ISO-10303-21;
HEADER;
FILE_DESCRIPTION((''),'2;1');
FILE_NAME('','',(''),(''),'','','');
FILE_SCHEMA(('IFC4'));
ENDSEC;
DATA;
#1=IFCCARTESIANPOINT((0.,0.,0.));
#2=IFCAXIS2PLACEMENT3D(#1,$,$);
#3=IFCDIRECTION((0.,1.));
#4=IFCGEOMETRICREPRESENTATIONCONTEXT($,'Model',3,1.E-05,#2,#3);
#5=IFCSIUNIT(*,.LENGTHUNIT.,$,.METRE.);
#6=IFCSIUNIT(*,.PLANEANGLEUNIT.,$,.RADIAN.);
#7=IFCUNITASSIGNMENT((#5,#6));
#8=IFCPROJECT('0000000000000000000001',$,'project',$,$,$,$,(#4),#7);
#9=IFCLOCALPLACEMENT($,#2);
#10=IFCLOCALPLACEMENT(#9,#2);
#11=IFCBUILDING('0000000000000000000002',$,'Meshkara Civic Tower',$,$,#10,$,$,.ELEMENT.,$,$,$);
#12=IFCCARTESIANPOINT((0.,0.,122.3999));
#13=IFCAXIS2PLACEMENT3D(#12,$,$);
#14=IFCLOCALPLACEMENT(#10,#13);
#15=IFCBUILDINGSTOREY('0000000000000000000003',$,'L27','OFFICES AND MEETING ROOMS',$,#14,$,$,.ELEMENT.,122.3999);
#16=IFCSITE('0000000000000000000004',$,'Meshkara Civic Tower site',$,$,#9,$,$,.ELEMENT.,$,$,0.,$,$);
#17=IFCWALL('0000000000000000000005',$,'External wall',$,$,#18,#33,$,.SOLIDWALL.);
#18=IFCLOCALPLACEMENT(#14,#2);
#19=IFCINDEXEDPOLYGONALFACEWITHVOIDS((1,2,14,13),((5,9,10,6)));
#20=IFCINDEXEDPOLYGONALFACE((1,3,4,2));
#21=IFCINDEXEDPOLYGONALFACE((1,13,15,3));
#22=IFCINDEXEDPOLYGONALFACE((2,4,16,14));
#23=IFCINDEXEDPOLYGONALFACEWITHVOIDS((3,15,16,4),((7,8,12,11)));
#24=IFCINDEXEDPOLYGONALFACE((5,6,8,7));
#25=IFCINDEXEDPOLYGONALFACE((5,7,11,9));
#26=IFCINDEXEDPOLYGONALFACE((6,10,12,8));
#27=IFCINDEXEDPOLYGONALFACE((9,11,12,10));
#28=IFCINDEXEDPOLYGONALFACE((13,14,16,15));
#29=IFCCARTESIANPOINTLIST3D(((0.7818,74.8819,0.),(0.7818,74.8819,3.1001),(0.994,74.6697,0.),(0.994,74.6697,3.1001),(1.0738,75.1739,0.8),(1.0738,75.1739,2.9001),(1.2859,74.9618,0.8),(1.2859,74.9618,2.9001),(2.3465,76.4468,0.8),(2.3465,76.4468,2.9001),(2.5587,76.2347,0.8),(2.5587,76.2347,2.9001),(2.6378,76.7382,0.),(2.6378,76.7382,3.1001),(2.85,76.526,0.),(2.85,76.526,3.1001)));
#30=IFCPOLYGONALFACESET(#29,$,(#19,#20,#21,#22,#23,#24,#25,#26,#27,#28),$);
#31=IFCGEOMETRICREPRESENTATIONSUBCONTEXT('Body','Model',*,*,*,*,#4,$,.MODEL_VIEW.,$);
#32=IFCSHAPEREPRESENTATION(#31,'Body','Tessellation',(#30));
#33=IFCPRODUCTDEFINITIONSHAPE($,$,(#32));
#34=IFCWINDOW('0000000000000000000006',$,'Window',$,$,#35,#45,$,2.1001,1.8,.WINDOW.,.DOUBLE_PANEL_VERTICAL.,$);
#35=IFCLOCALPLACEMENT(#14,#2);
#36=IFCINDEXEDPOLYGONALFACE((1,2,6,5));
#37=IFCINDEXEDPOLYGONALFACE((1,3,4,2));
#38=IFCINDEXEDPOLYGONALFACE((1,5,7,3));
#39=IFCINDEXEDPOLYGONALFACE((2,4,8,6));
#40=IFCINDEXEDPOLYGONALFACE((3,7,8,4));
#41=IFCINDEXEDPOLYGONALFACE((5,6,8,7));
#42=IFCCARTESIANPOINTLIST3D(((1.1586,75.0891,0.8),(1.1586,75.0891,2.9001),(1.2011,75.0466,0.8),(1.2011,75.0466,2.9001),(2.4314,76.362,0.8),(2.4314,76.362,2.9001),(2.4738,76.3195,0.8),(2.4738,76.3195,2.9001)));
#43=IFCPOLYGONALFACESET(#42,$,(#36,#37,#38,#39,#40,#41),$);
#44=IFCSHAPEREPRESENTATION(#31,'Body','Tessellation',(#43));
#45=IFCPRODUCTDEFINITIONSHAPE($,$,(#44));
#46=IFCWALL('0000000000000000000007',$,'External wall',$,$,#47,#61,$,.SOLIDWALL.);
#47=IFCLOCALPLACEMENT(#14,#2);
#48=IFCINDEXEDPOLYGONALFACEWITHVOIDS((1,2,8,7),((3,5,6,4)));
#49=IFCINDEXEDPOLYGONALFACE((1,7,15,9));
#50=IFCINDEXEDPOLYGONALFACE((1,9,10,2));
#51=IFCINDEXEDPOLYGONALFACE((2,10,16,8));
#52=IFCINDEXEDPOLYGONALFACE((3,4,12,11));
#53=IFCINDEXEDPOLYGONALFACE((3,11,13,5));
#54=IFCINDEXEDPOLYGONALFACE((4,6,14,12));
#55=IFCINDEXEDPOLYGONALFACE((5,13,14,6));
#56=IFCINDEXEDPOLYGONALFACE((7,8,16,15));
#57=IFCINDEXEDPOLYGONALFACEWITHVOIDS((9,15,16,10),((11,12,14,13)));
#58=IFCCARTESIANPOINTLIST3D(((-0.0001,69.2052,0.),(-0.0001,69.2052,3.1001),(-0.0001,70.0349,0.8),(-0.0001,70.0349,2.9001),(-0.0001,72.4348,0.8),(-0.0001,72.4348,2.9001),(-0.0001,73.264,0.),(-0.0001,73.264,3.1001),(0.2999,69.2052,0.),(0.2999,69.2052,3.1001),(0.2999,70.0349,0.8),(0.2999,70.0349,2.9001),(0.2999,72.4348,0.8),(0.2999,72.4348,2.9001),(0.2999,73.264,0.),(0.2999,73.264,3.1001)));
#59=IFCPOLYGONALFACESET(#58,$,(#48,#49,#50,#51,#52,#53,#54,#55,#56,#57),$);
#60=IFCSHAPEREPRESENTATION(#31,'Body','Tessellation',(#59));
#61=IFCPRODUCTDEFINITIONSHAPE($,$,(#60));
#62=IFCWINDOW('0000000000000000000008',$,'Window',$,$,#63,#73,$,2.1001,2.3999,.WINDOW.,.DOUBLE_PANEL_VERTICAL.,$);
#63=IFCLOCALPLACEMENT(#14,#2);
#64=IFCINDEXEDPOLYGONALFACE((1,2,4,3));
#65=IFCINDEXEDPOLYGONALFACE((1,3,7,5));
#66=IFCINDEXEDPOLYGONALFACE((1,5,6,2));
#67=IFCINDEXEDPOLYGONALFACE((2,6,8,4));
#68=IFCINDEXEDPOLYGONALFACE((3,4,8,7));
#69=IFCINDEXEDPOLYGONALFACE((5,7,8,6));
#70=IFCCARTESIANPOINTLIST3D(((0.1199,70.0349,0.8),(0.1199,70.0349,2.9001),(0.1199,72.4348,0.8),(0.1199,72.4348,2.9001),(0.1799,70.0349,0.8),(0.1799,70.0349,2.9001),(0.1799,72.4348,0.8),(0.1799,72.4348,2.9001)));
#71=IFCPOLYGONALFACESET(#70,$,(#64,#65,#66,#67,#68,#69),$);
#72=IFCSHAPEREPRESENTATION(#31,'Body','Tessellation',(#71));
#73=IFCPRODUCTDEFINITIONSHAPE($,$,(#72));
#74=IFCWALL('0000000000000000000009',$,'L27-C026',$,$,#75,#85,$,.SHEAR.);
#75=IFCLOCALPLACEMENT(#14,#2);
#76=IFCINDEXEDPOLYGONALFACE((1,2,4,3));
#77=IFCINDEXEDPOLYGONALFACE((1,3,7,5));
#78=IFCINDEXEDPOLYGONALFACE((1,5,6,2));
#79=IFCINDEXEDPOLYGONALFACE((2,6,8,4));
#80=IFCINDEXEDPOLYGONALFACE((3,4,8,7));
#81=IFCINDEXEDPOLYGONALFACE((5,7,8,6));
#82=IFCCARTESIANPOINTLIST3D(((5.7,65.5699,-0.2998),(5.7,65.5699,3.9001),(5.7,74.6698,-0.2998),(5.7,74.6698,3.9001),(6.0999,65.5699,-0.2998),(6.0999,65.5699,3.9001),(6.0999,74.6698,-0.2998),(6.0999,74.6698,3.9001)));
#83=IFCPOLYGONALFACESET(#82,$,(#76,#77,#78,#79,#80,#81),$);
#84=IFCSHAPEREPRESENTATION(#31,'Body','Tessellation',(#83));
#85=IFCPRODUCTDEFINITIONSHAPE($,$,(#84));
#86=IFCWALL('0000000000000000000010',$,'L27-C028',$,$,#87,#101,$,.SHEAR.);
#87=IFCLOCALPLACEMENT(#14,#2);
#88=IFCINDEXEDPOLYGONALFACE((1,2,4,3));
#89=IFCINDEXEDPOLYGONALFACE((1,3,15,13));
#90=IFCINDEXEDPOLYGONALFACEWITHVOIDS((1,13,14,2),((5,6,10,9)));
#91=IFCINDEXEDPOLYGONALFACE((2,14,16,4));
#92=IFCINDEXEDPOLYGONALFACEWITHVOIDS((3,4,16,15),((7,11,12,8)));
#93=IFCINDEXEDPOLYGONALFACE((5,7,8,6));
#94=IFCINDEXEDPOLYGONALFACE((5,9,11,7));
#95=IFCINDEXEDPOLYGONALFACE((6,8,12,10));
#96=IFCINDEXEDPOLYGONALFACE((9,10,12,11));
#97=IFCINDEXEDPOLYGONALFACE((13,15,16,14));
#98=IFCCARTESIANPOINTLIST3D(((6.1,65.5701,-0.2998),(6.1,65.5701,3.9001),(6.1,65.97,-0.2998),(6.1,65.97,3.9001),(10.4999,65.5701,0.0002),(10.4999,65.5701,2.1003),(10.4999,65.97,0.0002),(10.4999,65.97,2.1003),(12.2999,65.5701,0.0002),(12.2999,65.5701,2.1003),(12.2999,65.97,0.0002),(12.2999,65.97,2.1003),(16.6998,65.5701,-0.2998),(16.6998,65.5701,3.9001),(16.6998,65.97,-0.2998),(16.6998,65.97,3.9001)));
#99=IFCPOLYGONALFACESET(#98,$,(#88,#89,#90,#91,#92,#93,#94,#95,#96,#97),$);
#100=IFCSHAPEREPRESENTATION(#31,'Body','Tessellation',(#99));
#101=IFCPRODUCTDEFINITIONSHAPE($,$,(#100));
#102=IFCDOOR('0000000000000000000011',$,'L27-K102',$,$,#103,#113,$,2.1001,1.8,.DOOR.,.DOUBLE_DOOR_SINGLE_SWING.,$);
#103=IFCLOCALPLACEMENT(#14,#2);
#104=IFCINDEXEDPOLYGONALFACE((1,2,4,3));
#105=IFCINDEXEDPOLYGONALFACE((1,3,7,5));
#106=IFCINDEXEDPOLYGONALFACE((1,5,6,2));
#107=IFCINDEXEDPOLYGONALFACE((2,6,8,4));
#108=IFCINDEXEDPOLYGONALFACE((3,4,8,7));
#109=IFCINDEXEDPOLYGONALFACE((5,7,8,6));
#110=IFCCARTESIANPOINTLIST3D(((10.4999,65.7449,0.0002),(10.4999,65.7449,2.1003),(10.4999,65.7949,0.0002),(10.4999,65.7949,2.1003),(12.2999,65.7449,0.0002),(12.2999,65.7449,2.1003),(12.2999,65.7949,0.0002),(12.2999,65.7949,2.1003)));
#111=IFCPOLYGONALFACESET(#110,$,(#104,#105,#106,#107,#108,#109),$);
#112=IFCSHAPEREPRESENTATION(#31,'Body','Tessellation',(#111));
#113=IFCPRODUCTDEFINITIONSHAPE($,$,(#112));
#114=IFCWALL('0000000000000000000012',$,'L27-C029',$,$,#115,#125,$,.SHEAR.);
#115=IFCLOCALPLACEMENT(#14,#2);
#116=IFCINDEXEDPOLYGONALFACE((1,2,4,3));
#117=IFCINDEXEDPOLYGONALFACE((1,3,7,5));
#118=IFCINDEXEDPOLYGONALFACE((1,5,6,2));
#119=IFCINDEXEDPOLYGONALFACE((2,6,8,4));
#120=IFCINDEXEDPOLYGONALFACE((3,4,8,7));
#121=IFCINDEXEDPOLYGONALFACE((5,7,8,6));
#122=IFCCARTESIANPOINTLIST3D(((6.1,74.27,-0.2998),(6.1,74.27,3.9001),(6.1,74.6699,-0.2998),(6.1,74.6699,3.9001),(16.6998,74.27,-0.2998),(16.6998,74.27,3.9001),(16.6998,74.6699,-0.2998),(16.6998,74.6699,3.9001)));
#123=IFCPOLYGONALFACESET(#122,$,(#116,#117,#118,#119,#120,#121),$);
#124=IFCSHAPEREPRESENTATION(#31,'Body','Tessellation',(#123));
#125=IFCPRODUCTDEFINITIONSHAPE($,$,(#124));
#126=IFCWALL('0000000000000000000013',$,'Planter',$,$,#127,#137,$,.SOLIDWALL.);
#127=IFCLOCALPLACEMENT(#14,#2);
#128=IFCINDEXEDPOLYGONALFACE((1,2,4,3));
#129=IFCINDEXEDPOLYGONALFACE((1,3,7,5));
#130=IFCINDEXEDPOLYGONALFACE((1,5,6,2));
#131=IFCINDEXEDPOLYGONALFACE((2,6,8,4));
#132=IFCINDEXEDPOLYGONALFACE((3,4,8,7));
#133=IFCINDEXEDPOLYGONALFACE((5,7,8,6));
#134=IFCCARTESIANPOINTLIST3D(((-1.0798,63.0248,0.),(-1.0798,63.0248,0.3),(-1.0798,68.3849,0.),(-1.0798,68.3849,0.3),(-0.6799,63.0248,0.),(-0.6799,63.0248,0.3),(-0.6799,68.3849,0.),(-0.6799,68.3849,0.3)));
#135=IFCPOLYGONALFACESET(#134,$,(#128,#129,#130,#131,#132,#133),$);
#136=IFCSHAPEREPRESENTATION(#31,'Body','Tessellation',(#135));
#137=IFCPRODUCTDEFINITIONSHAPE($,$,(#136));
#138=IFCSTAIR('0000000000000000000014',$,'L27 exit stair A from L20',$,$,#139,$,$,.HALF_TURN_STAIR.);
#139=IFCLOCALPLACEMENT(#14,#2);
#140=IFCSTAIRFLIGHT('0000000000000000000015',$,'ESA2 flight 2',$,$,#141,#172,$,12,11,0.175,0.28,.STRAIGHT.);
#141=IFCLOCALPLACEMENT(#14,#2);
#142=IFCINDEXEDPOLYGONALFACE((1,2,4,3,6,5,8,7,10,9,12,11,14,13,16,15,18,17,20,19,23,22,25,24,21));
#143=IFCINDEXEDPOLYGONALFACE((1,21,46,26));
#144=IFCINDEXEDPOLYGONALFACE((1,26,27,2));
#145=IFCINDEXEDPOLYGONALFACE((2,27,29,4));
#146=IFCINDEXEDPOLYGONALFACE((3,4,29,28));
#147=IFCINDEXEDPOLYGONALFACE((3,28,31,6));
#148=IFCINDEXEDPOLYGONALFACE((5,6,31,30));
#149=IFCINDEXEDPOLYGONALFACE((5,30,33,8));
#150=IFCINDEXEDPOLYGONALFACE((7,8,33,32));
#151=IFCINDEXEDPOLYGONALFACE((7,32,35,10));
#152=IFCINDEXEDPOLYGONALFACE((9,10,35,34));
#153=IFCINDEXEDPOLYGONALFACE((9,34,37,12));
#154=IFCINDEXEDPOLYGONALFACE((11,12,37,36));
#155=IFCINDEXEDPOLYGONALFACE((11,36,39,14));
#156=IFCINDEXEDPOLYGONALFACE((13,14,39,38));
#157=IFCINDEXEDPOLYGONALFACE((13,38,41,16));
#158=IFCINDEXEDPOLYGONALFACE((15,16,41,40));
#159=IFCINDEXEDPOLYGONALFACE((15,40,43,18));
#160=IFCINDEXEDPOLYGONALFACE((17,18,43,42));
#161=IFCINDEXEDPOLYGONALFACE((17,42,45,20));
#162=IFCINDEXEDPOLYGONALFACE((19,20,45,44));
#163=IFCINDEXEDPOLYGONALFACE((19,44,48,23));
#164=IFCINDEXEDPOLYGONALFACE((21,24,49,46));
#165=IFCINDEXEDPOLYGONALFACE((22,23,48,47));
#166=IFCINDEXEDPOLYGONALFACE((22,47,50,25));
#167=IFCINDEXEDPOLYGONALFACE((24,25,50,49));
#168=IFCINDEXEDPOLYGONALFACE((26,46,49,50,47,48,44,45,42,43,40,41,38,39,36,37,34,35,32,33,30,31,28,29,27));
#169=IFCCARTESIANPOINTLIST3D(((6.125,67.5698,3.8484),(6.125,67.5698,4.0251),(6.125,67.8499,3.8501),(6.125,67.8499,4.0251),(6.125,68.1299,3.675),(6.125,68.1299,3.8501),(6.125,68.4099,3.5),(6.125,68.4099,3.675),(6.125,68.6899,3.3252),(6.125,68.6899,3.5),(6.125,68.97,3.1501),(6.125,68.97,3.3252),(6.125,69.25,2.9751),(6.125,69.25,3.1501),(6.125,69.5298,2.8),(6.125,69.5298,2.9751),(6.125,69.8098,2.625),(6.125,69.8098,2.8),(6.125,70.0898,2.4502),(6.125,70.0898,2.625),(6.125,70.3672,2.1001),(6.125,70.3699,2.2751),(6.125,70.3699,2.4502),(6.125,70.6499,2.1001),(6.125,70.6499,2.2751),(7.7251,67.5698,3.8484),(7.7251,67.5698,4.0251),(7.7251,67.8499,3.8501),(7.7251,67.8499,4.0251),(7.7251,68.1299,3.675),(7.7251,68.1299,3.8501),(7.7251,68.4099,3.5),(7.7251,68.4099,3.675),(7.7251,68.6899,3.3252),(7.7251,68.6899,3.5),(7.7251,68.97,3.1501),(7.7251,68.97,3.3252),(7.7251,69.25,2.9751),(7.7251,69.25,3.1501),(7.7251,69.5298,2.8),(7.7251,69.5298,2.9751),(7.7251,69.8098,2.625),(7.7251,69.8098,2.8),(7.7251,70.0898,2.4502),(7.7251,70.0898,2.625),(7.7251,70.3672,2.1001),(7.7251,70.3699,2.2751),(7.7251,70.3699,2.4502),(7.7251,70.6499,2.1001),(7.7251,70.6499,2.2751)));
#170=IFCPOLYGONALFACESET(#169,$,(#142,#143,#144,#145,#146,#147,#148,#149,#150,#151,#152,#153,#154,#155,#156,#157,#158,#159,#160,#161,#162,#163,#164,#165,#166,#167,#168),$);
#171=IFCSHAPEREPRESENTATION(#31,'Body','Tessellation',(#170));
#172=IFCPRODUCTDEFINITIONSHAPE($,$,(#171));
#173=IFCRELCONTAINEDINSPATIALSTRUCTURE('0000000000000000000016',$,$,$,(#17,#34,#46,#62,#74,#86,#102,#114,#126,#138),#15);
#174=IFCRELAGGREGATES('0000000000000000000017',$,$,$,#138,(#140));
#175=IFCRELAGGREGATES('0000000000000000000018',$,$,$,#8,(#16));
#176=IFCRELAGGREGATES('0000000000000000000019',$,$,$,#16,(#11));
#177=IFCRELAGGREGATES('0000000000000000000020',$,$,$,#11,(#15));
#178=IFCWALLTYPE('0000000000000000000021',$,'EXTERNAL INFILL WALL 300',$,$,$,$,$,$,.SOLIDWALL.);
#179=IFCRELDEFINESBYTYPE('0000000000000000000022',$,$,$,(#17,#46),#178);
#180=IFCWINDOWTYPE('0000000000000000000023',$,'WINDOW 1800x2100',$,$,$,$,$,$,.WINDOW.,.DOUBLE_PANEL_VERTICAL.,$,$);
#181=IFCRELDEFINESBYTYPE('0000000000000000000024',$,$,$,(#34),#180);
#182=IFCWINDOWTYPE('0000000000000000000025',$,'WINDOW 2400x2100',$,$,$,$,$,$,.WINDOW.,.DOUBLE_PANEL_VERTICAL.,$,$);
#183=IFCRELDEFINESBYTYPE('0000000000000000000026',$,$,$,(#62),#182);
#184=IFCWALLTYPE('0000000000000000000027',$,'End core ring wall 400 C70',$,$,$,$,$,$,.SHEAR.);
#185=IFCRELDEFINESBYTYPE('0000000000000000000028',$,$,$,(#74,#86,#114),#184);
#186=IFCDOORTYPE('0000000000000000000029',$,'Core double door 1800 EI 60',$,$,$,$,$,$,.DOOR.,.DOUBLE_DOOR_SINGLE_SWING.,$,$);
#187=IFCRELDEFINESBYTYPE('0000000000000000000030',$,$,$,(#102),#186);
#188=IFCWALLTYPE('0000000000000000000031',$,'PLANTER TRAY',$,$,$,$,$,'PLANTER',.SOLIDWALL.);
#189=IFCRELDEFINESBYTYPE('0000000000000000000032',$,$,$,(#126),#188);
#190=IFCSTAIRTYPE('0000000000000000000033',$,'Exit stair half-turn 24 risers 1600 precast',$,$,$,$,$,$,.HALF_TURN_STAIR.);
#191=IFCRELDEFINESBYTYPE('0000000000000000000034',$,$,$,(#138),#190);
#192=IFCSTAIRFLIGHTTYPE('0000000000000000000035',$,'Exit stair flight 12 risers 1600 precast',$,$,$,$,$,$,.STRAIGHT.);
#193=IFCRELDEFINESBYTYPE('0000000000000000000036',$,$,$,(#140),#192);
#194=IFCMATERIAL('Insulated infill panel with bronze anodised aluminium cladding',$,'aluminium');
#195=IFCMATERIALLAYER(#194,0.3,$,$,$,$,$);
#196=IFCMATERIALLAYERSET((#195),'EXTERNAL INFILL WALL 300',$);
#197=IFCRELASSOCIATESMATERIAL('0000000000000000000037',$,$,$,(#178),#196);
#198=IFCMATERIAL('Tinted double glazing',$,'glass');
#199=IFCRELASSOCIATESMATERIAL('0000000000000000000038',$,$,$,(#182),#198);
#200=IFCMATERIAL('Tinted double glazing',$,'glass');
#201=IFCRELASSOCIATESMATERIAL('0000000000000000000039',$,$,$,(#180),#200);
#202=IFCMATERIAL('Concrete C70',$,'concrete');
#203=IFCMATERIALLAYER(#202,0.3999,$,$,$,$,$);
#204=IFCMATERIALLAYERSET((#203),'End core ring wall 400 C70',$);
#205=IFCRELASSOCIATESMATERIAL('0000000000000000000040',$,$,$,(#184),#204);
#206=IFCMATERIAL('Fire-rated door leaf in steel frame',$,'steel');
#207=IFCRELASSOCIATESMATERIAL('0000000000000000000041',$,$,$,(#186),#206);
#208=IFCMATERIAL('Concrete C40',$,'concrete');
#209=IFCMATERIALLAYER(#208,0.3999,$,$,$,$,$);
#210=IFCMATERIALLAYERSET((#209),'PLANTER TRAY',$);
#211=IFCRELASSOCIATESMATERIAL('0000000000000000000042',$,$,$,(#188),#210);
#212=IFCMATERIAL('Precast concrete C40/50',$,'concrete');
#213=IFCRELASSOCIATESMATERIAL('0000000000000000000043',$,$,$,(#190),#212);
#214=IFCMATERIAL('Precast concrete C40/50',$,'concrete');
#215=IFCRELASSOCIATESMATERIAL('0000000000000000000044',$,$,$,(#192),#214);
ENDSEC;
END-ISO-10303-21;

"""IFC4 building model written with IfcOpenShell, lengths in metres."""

from ifc_helpers import new_model, si_unit, direction, frame, frame_2d, origin, place, context, subcontext, project, spatial, polyline, rectangle, outline, extrude, material, layer, layer_set, type_object, element, fill, aggregate, save


model = new_model("IFC4")

# Units and contexts
model_context = context("Model", 3, precision=1e-05, world=origin(), true_north=direction((0.0, 1.0)))
body_context = subcontext(model_context, "Body", "Model", "MODEL_VIEW")
ifc_project = project(units=[si_unit("LENGTHUNIT", "METRE"), si_unit("PLANEANGLEUNIT", "RADIAN")], contexts=[model_context])

# Site, building, storey
site_placement = place(None, origin())
site = spatial("IfcSite", under=ifc_project, at=site_placement, Name="Meshkara Civic Tower site", CompositionType="ELEMENT", RefElevation=0.0)
building_placement = place(site_placement, origin())
building = spatial("IfcBuilding", under=site, at=building_placement, Name="Meshkara Civic Tower", CompositionType="ELEMENT")
storey_placement = place(building_placement, frame((0.0, 0.0, 122.3999)))
storey = spatial("IfcBuildingStorey", under=building, at=storey_placement, Name="L27", Description="OFFICES AND MEETING ROOMS", CompositionType="ELEMENT", Elevation=122.3999)

# Walls, openings, windows
ifc_material_1 = material(Name="Insulated infill panel with bronze anodised aluminium cladding", Category="aluminium")
ifc_layer_1 = layer(ifc_material_1, 0.3)
ifc_layer_set_1 = layer_set([ifc_layer_1], Name="EXTERNAL INFILL WALL 300")
wall_type_1 = type_object("IfcWallType", Name="EXTERNAL INFILL WALL 300", PredefinedType="SOLIDWALL", material=ifc_layer_set_1)
ifc_material_2 = material(Name="Tinted double glazing", Category="glass")
window_type_1 = type_object("IfcWindowType", Name="WINDOW 2400x2100", PartitioningType="DOUBLE_PANEL_VERTICAL", PredefinedType="WINDOW", material=ifc_material_2)
wall_1_placement = place(storey_placement, frame((2.7439, 76.6321, 0.0), z_axis=(0.0, 0.0, 1.0), x_axis=(-0.70706, -0.707153, 0.0)))
wall_1 = element("IfcWall", 1, at=wall_1_placement, inside=storey, type_object=wall_type_1, Name="External wall", PredefinedType="SOLIDWALL", context=body_context, shape_type="SweptSolid", body=[
    extrude(rectangle(XDim=2.625, YDim=0.3, at=frame_2d((1.3125, 0.0))), origin(), (0.0, 0.0, 1.0), 3.1001),
])
opening_1_placement = place(wall_1_placement, frame((0.4121, 0.0, 0.8)))
opening_1 = element("IfcOpeningElement", 2, at=opening_1_placement, cuts=wall_1, PredefinedType="OPENING", context=body_context, shape_type="SweptSolid", body=[
    extrude(rectangle(XDim=1.8, YDim=2.1001, at=frame_2d((0.8999, 1.05))), frame((0.0, 0.1599, 0.0), z_axis=(0.0, -1.0, 0.0), x_axis=(1.0, 0.0, 0.0)), (0.0, 0.0, 1.0), 0.3201),
])
ifc_material_3 = material(Name="Tinted double glazing", Category="glass")
window_type_2 = type_object("IfcWindowType", Name="WINDOW 1800x2100", PartitioningType="DOUBLE_PANEL_VERTICAL", PredefinedType="WINDOW", material=ifc_material_3)
window_1_placement = place(opening_1_placement, origin())
window_1 = element("IfcWindow", 3, at=window_1_placement, inside=storey, type_object=window_type_2, Name="Window", OverallHeight=2.1001, OverallWidth=1.8, PartitioningType="DOUBLE_PANEL_VERTICAL", PredefinedType="WINDOW", context=body_context, shape_type="SweptSolid", body=[
    extrude(rectangle(XDim=1.8, YDim=2.1001, at=frame_2d((0.8999, 1.05))), frame((0.0, 0.03, 0.0), z_axis=(0.0, -1.0, 0.0), x_axis=(1.0, 0.0, 0.0)), (0.0, 0.0, 1.0), 0.0601),
])
fill(opening_1, window_1)
wall_2_placement = place(storey_placement, frame((0.1499, 73.2639, 0.0), z_axis=(0.0, 0.0, 1.0), x_axis=(0.0, -1.0, 0.0)))
wall_2 = element("IfcWall", 4, at=wall_2_placement, inside=storey, type_object=wall_type_1, Name="External wall", PredefinedType="SOLIDWALL", context=body_context, shape_type="SweptSolid", body=[
    extrude(rectangle(XDim=4.0588, YDim=0.3, at=frame_2d((2.0293, 0.0))), origin(), (0.0, 0.0, 1.0), 3.1001),
])
opening_2_placement = place(wall_2_placement, frame((0.8291, 0.0, 0.8)))
opening_2 = element("IfcOpeningElement", 5, at=opening_2_placement, cuts=wall_2, PredefinedType="OPENING", context=body_context, shape_type="SweptSolid", body=[
    extrude(rectangle(XDim=2.3999, YDim=2.1001, at=frame_2d((1.2, 1.05))), frame((0.0, 0.1599, 0.0), z_axis=(0.0, -1.0, 0.0), x_axis=(1.0, 0.0, 0.0)), (0.0, 0.0, 1.0), 0.3201),
])
window_2_placement = place(opening_2_placement, origin())
window_2 = element("IfcWindow", 6, at=window_2_placement, inside=storey, type_object=window_type_1, Name="Window", OverallHeight=2.1001, OverallWidth=2.3999, PartitioningType="DOUBLE_PANEL_VERTICAL", PredefinedType="WINDOW", context=body_context, shape_type="SweptSolid", body=[
    extrude(rectangle(XDim=2.3999, YDim=2.1001, at=frame_2d((1.2, 1.05))), frame((0.0, 0.03, 0.0), z_axis=(0.0, -1.0, 0.0), x_axis=(1.0, 0.0, 0.0)), (0.0, 0.0, 1.0), 0.0601),
])
fill(opening_2, window_2)

# Wall
ifc_material_4 = material(Name="Concrete C70", Category="concrete")
ifc_layer_2 = layer(ifc_material_4, 0.3999)
ifc_layer_set_2 = layer_set([ifc_layer_2], Name="End core ring wall 400 C70")
wall_type_2 = type_object("IfcWallType", Name="End core ring wall 400 C70", PredefinedType="SHEAR", material=ifc_layer_set_2)
wall_3_placement = place(storey_placement, frame((5.8999, 65.5701, -0.2998), z_axis=(0.0, 0.0, 1.0), x_axis=(0.0, 1.0, 0.0)))
element("IfcWall", 7, at=wall_3_placement, inside=storey, type_object=wall_type_2, Name="L27-C026", PredefinedType="SHEAR", context=body_context, shape_type="SweptSolid", body=[
    extrude(rectangle(XDim=9.0999, YDim=0.3999, at=frame_2d((4.5498, 0.0))), origin(), (0.0, 0.0, 1.0), 4.2),
])

# Wall, opening, door
wall_4_placement = place(storey_placement, frame((6.1001, 65.77, -0.2998), z_axis=(0.0, 0.0, 1.0), x_axis=(1.0, 0.0, 0.0)))
wall_4 = element("IfcWall", 8, at=wall_4_placement, inside=storey, type_object=wall_type_2, Name="L27-C028", PredefinedType="SHEAR", context=body_context, shape_type="SweptSolid", body=[
    extrude(rectangle(XDim=10.5999, YDim=0.3999, at=frame_2d((5.2998, 0.0))), origin(), (0.0, 0.0, 1.0), 4.2),
])
opening_3_placement = place(wall_4_placement, frame((4.3999, 0.0, 0.3)))
opening_3 = element("IfcOpeningElement", 9, at=opening_3_placement, cuts=wall_4, PredefinedType="OPENING", context=body_context, shape_type="SweptSolid", body=[
    extrude(rectangle(XDim=1.8, YDim=2.1001, at=frame_2d((0.8999, 1.05))), frame((0.0, 0.21, 0.0), z_axis=(0.0, -1.0, 0.0), x_axis=(1.0, 0.0, 0.0)), (0.0, 0.0, 1.0), 0.4199),
])
ifc_material_5 = material(Name="Fire-rated door leaf in steel frame", Category="steel")
door_type_1 = type_object("IfcDoorType", Name="Core double door 1800 EI 60", OperationType="DOUBLE_DOOR_SINGLE_SWING", PredefinedType="DOOR", material=ifc_material_5)
door_1_placement = place(opening_3_placement, origin())
door_1 = element("IfcDoor", 10, at=door_1_placement, inside=storey, type_object=door_type_1, Name="L27-K102", OperationType="DOUBLE_DOOR_SINGLE_SWING", OverallHeight=2.1001, OverallWidth=1.8, PredefinedType="DOOR", context=body_context, shape_type="SweptSolid", body=[
    extrude(rectangle(XDim=1.8, YDim=2.1001, at=frame_2d((0.8999, 1.05))), frame((0.0, 0.0249, 0.0), z_axis=(0.0, -1.0, 0.0), x_axis=(1.0, 0.0, 0.0)), (0.0, 0.0, 1.0), 0.05),
])
fill(opening_3, door_1)

# Wall
wall_5_placement = place(storey_placement, frame((6.1001, 74.47, -0.2998), z_axis=(0.0, 0.0, 1.0), x_axis=(1.0, 0.0, 0.0)))
element("IfcWall", 11, at=wall_5_placement, inside=storey, type_object=wall_type_2, Name="L27-C029", PredefinedType="SHEAR", context=body_context, shape_type="SweptSolid", body=[
    extrude(rectangle(XDim=10.5999, YDim=0.3999, at=frame_2d((5.2998, 0.0))), origin(), (0.0, 0.0, 1.0), 4.2),
])

# Wall
ifc_material_6 = material(Name="Concrete C40", Category="concrete")
ifc_layer_3 = layer(ifc_material_6, 0.3999)
ifc_layer_set_3 = layer_set([ifc_layer_3], Name="PLANTER TRAY")
wall_type_3 = type_object("IfcWallType", Name="PLANTER TRAY", ElementType="PLANTER", PredefinedType="SOLIDWALL", material=ifc_layer_set_3)
wall_6_placement = place(storey_placement, frame((-0.8799, 68.385, 0.0), z_axis=(0.0, 0.0, 1.0), x_axis=(0.0, -1.0, 0.0)))
element("IfcWall", 12, at=wall_6_placement, inside=storey, type_object=wall_type_3, Name="Planter", PredefinedType="SOLIDWALL", context=body_context, shape_type="SweptSolid", body=[
    extrude(rectangle(XDim=5.3601, YDim=0.3999, at=frame_2d((2.6802, 0.0))), origin(), (0.0, 0.0, 1.0), 0.3),
])

# Stair, stair flight
ifc_material_7 = material(Name="Precast concrete C40/50", Category="concrete")
stair_type = type_object("IfcStairType", Name="Exit stair half-turn 24 risers 1600 precast", PredefinedType="HALF_TURN_STAIR", material=ifc_material_7)
stair_placement = place(storey_placement, origin())
stair = element("IfcStair", 13, at=stair_placement, inside=storey, type_object=stair_type, Name="L27 exit stair A from L20", PredefinedType="HALF_TURN_STAIR")
ifc_material_8 = material(Name="Precast concrete C40/50", Category="concrete")
stair_flight_type = type_object("IfcStairFlightType", Name="Exit stair flight 12 risers 1600 precast", PredefinedType="STRAIGHT", material=ifc_material_8)
stair_flight_placement = place(storey_placement, frame((6.925, 70.6499, 2.1001), z_axis=(0.0, 0.0, 1.0), x_axis=(0.0, -1.0, 0.0)))
stair_flight = element("IfcStairFlight", 14, at=stair_flight_placement, type_object=stair_flight_type, Name="ESA2 flight 2", NumberOfRisers=12, NumberOfTreads=11, PredefinedType="STRAIGHT", RiserHeight=0.175, TreadLength=0.28, context=body_context, shape_type="SweptSolid", body=[
    extrude(outline(polyline([(0.0, 0.0), (0.0, 0.175), (0.28, 0.175), (0.28, 0.3501), (0.5601, 0.3501), (0.5601, 0.5249), (0.8401, 0.5249), (0.8401, 0.7), (1.1201, 0.7), (1.1201, 0.875), (1.3999, 0.875), (1.3999, 1.05), (1.6799, 1.05), (1.6799, 1.2251), (1.96, 1.2251), (1.96, 1.3999), (2.24, 1.3999), (2.24, 1.575), (2.52, 1.575), (2.52, 1.75), (2.8, 1.75), (2.8, 1.925), (3.0801, 1.925), (3.0801, 2.1001), (3.0801, 1.7483), (0.2827, 0.0), (0.0, 0.0)])), frame((0.0, 0.8, 0.0), z_axis=(0.0, -1.0, 0.0), x_axis=(1.0, 0.0, 0.0)), (0.0, 0.0, 1.0), 1.6001),
])
aggregate(stair, [stair_flight])

save(model, "model.ifc")
